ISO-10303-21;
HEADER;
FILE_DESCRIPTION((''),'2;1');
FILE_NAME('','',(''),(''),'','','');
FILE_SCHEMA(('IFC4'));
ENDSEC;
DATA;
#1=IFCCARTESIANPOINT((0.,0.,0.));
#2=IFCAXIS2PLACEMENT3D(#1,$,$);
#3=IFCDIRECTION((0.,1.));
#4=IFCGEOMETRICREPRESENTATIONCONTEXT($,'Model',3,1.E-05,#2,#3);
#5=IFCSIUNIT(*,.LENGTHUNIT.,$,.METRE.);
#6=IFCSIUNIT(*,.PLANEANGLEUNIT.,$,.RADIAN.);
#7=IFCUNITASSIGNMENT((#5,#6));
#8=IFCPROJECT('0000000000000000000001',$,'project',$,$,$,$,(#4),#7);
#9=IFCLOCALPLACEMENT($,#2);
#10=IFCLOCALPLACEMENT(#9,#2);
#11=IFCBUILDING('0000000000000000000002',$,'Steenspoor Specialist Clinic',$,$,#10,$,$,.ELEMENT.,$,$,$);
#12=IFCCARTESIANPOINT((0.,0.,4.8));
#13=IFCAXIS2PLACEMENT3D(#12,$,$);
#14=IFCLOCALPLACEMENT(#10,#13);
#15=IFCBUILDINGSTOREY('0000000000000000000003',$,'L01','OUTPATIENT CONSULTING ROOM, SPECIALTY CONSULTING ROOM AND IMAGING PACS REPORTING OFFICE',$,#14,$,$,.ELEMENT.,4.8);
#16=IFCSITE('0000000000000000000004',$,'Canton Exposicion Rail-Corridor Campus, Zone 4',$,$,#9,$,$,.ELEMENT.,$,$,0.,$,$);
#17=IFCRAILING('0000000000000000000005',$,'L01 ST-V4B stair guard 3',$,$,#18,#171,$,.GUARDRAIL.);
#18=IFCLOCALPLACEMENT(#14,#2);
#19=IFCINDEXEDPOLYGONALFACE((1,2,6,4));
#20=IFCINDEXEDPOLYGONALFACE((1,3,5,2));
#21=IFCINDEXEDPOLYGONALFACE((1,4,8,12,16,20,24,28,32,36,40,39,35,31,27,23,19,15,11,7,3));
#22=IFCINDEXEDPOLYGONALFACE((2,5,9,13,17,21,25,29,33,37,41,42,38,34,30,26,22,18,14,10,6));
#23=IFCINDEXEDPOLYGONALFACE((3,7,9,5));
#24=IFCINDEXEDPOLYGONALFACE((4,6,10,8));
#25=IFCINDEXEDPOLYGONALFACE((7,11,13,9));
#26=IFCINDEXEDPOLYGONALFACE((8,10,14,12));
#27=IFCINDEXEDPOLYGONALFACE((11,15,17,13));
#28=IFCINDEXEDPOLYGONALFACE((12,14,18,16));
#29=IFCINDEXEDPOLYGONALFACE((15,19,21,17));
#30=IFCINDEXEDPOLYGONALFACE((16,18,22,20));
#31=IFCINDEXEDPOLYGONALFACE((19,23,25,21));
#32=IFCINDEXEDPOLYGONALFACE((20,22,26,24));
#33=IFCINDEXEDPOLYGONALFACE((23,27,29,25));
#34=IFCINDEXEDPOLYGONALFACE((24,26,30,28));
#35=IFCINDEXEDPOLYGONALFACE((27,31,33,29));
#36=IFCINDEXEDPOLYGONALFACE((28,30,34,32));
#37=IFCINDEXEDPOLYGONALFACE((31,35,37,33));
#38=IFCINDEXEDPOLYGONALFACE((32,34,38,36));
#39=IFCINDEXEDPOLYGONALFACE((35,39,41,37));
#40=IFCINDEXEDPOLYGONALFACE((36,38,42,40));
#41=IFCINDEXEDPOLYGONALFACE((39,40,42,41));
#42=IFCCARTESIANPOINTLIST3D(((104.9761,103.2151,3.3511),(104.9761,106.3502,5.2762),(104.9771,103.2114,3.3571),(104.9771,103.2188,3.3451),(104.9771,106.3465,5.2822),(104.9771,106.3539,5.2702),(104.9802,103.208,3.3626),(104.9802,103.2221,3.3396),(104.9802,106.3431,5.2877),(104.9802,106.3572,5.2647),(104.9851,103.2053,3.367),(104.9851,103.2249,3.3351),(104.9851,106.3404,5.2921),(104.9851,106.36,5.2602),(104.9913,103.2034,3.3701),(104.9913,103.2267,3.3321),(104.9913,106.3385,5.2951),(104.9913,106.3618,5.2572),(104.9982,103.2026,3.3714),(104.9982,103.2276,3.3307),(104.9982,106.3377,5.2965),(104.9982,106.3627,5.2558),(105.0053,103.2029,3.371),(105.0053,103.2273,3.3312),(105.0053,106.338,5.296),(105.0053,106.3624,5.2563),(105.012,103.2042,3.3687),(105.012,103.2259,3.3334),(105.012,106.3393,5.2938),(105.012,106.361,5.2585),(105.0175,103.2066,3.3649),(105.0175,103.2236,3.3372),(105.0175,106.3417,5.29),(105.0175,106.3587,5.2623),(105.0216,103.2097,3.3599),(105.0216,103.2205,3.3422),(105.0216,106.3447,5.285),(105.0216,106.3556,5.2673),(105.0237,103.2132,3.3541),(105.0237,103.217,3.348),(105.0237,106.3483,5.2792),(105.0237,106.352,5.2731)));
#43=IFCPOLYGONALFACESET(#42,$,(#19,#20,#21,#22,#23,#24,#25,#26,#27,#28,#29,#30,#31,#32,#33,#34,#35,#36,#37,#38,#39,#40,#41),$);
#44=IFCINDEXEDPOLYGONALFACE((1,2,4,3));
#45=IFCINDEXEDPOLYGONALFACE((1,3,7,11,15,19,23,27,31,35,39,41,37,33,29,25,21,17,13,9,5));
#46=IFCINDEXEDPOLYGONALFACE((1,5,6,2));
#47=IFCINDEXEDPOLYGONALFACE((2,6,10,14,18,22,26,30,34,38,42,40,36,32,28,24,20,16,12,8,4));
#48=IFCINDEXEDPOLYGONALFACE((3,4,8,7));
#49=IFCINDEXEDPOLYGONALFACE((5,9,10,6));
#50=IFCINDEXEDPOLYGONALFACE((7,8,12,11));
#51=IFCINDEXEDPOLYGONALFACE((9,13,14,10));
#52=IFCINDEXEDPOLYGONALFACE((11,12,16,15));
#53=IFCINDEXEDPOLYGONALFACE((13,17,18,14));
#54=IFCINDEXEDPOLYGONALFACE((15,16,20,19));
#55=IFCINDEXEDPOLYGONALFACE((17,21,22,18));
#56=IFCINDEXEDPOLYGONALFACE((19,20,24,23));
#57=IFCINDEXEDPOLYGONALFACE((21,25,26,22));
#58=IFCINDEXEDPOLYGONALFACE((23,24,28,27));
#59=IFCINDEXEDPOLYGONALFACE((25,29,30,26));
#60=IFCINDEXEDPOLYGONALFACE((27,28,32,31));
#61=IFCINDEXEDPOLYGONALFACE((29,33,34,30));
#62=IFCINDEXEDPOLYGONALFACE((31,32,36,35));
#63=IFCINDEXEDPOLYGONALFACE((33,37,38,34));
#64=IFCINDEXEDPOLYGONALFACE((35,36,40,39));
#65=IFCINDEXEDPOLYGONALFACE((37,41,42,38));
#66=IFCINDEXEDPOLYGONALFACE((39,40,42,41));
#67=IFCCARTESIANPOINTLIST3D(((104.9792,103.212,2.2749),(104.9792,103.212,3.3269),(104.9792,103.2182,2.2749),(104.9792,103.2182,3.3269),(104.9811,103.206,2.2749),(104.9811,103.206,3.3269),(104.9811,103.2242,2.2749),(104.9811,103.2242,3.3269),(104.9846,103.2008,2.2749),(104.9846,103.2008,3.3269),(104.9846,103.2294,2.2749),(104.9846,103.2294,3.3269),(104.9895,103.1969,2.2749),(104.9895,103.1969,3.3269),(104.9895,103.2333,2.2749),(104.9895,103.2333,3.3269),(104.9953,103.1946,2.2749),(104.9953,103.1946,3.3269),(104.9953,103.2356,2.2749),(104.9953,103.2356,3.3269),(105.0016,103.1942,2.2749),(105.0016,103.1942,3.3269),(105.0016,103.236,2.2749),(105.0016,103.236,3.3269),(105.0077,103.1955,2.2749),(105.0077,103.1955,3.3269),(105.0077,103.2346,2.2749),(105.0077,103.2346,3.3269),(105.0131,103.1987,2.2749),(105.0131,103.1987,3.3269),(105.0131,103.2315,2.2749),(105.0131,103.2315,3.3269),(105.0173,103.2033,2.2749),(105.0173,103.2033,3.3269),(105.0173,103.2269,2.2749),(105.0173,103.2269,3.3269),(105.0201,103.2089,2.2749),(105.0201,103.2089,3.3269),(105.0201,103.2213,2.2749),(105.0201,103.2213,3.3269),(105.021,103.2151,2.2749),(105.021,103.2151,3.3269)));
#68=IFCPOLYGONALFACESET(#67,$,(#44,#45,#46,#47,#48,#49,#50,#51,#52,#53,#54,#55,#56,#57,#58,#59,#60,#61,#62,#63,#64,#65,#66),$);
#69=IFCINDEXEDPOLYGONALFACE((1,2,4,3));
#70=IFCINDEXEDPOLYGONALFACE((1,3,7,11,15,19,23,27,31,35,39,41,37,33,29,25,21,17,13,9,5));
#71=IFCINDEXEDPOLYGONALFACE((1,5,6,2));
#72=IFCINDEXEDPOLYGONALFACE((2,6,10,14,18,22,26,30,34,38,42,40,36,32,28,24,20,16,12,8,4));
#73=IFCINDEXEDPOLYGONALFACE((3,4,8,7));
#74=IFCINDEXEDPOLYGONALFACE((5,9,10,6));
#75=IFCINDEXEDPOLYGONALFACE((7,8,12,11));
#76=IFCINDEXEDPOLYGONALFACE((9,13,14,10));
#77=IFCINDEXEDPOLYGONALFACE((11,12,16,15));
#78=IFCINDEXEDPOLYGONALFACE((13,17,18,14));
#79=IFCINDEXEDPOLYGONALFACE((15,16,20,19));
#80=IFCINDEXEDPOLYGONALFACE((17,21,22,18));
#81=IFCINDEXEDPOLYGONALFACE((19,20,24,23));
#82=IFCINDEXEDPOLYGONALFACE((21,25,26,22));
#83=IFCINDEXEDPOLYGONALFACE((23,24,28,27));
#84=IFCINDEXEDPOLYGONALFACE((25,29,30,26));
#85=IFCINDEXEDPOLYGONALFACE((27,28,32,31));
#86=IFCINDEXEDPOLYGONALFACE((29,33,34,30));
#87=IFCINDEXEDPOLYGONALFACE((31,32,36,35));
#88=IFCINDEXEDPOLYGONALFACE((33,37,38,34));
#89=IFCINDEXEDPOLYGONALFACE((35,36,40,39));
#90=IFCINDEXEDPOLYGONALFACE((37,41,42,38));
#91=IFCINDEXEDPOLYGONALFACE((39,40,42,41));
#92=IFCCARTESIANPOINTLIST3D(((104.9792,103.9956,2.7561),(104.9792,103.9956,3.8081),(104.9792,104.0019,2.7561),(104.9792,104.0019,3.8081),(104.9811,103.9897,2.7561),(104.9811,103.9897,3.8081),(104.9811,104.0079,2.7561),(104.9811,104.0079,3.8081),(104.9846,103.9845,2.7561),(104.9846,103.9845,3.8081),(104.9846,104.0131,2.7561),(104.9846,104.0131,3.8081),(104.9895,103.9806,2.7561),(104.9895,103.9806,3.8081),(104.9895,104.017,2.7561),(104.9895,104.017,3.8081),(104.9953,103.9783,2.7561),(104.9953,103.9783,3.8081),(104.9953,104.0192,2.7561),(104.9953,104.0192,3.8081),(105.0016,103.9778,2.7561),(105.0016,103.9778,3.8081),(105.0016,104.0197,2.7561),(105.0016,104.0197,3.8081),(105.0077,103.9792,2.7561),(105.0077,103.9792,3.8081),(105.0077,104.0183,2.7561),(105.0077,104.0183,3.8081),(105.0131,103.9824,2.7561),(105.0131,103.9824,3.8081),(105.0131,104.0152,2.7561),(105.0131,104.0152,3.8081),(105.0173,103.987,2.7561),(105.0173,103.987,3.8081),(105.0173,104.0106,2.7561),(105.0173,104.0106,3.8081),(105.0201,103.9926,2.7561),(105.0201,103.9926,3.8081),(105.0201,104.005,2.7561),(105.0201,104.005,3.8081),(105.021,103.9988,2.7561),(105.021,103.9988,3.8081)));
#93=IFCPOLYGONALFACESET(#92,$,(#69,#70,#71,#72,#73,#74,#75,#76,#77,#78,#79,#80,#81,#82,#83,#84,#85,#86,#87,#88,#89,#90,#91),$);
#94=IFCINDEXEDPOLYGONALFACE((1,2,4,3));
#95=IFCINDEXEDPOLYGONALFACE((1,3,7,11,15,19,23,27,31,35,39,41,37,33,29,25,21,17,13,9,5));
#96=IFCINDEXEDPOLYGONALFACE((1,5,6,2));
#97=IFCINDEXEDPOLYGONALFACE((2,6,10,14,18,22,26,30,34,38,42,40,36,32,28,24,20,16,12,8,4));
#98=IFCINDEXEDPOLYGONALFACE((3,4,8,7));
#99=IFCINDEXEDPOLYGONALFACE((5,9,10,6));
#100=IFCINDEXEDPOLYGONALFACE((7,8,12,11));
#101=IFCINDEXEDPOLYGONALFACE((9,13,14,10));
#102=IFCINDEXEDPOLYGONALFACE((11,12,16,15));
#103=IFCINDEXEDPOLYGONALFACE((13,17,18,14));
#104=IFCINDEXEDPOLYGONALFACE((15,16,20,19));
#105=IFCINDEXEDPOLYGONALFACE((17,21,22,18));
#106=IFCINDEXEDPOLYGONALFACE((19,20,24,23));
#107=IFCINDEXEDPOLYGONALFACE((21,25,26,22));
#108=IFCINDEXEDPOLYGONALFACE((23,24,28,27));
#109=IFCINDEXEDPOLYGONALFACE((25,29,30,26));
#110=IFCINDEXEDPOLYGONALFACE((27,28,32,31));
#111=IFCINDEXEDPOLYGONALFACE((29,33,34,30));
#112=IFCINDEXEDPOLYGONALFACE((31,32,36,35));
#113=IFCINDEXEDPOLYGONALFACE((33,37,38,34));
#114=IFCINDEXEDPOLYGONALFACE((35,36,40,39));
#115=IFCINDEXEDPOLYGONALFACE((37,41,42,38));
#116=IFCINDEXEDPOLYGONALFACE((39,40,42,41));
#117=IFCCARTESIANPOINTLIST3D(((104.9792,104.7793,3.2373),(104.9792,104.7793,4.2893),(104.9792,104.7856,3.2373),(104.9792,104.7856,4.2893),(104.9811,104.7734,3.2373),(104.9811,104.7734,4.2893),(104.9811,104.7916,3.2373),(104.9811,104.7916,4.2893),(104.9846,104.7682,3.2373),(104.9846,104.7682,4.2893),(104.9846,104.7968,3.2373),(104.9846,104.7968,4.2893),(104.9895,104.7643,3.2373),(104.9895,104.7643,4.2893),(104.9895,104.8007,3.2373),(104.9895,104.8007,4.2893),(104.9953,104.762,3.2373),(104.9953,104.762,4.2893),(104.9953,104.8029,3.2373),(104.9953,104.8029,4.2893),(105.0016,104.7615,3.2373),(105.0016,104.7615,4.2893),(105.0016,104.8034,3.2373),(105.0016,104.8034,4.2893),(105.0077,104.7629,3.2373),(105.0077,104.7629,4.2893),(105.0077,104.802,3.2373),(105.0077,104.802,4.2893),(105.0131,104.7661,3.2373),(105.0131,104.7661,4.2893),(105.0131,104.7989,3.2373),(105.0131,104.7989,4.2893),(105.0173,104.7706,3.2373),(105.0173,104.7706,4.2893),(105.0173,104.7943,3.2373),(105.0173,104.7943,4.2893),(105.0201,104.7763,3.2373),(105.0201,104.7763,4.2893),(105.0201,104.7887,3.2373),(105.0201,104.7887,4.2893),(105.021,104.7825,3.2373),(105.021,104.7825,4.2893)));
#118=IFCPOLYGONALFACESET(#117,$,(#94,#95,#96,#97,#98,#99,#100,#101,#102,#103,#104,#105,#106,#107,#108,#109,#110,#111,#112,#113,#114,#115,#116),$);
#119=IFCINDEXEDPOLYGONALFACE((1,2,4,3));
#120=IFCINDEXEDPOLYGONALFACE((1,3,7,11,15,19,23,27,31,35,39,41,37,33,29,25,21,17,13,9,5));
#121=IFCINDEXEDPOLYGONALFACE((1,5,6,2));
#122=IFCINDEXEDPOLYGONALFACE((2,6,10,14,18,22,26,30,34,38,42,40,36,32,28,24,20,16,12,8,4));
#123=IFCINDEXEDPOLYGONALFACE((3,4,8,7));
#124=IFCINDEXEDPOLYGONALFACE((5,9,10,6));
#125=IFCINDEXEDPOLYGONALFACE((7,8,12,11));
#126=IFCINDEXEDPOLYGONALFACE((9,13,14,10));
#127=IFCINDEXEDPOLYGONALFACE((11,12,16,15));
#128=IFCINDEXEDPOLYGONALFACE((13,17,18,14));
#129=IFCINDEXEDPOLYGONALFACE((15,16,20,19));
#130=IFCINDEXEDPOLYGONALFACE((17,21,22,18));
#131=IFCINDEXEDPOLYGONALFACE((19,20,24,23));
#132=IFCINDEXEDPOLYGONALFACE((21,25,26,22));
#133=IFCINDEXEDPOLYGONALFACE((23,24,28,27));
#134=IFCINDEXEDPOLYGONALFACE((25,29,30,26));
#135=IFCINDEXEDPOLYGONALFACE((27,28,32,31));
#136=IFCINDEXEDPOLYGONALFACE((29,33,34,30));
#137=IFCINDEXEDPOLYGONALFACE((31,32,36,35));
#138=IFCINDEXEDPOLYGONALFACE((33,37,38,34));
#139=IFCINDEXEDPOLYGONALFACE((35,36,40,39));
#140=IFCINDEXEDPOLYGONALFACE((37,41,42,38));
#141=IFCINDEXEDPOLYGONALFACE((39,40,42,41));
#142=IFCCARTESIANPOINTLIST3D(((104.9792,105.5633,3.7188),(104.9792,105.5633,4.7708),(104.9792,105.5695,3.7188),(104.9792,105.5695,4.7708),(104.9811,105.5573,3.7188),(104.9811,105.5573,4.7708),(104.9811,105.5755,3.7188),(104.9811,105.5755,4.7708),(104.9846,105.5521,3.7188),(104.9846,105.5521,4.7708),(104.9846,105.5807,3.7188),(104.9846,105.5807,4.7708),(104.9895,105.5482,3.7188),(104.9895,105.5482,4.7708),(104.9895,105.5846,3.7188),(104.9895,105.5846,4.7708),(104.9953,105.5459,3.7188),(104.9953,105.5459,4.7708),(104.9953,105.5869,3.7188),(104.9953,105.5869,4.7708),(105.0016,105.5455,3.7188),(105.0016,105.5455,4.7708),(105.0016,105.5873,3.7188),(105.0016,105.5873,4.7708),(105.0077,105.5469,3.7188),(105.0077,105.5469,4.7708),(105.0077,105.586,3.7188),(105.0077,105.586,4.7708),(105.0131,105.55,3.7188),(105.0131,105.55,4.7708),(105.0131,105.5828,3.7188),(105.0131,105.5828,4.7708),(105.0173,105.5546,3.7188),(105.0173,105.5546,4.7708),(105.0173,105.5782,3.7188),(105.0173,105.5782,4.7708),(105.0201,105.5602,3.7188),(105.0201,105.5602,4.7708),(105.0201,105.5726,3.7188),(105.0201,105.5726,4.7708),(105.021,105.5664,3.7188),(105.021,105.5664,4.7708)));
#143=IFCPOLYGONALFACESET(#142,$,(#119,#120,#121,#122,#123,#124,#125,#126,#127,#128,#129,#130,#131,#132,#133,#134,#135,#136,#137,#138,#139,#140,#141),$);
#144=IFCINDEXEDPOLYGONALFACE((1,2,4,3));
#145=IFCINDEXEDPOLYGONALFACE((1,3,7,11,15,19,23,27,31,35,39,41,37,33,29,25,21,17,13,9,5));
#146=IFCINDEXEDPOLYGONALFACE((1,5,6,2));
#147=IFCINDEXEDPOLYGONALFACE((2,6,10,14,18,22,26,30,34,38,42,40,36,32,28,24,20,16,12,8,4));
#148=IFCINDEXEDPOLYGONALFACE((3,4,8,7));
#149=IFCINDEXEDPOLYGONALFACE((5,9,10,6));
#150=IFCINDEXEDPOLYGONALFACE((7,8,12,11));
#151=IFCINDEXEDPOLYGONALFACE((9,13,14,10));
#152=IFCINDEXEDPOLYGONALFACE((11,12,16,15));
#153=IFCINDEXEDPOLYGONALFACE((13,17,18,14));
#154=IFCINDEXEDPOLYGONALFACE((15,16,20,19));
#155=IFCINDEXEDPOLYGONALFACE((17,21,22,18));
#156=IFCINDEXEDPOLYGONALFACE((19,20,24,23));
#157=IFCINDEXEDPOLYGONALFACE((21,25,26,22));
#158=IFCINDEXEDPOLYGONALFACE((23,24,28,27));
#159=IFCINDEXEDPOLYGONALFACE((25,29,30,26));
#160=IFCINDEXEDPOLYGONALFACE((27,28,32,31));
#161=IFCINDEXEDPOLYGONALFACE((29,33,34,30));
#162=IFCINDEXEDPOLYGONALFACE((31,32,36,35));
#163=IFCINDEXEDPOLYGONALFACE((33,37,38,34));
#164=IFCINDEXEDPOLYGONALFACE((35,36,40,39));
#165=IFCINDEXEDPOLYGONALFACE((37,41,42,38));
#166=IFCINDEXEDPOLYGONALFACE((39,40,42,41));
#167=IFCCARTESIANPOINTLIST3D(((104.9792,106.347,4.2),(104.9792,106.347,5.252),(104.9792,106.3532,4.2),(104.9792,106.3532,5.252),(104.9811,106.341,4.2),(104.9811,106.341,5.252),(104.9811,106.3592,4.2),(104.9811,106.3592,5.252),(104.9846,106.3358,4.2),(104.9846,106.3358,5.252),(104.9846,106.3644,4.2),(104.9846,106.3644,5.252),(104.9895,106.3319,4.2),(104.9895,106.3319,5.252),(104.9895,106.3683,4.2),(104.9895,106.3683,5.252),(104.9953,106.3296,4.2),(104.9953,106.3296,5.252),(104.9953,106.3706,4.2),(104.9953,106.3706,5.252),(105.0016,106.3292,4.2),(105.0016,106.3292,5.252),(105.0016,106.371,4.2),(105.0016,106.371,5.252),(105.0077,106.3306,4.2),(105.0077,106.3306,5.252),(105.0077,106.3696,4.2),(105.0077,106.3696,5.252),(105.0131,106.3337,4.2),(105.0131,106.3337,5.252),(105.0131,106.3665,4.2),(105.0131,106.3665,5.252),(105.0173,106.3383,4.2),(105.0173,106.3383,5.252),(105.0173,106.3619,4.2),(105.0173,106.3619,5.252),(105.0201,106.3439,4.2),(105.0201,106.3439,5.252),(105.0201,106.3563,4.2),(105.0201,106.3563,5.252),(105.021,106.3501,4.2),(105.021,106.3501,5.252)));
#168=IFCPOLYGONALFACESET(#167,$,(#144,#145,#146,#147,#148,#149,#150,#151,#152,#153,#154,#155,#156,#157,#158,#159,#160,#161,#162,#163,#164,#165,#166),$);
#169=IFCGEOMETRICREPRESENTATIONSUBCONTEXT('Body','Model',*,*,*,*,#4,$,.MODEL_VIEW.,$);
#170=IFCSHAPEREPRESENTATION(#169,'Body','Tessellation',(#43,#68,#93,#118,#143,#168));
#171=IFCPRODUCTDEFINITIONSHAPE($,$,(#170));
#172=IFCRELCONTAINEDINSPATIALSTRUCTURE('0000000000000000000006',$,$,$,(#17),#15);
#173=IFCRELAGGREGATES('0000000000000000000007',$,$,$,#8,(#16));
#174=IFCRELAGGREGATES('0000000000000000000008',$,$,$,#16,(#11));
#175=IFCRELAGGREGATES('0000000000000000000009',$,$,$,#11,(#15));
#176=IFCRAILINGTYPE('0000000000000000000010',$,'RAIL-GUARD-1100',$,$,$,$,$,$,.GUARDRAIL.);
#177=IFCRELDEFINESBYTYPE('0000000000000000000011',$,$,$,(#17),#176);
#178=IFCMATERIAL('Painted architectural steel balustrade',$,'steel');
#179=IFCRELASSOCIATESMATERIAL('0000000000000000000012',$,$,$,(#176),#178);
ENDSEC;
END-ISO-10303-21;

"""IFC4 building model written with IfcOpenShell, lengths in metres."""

from ifc_helpers import new_model, si_unit, direction, frame, origin, origin_2d, place, context, subcontext, project, spatial, circle, extrude, material, type_object, element, save


model = new_model("IFC4")

# Units and contexts
model_context = context("Model", 3, precision=1e-05, world=origin(), true_north=direction((0.0, 1.0)))
body_context = subcontext(model_context, "Body", "Model", "MODEL_VIEW")
ifc_project = project(units=[si_unit("LENGTHUNIT", "METRE"), si_unit("PLANEANGLEUNIT", "RADIAN")], contexts=[model_context])

# Site, building, storey
site_placement = place(None, origin())
site = spatial("IfcSite", under=ifc_project, at=site_placement, Name="Canton Exposicion Rail-Corridor Campus, Zone 4", CompositionType="ELEMENT", RefElevation=0.0)
building_placement = place(site_placement, origin())
building = spatial("IfcBuilding", under=site, at=building_placement, Name="Steenspoor Specialist Clinic", CompositionType="ELEMENT")
storey_placement = place(building_placement, frame((0.0, 0.0, 4.8)))
storey = spatial("IfcBuildingStorey", under=building, at=storey_placement, Name="L01", Description="OUTPATIENT CONSULTING ROOM, SPECIALTY CONSULTING ROOM AND IMAGING PACS REPORTING OFFICE", CompositionType="ELEMENT", Elevation=4.8)

# Railing
ifc_material_1 = material(Name="Painted architectural steel balustrade", Category="steel")
railing_type_1 = type_object("IfcRailingType", Name="RAIL-GUARD-1100", PredefinedType="GUARDRAIL", material=ifc_material_1)
railing_1_placement = place(storey_placement, frame((105.0, 103.2151, 2.2749)))
element("IfcRailing", 1, at=railing_1_placement, inside=storey, type_object=railing_type_1, Name="L01 ST-V4B stair guard 3", PredefinedType="GUARDRAIL", context=body_context, shape_type="SweptSolid", body=[
    extrude(circle(Radius=0.0239, at=origin_2d()), frame((0.0, 0.0, 1.0762), z_axis=(0.0, 0.852166, 0.523271), x_axis=(-1.0, 0.0, 0.0)), (0.0, 0.0, 1.0), 3.679),
    extrude(circle(Radius=0.021, at=origin_2d()), origin(), (0.0, 0.0, 1.0), 1.052),
    extrude(circle(Radius=0.021, at=origin_2d()), frame((0.0, 0.7837, 0.4812)), (0.0, 0.0, 1.0), 1.052),
    extrude(circle(Radius=0.021, at=origin_2d()), frame((0.0, 1.5674, 0.9624)), (0.0, 0.0, 1.0), 1.052),
    extrude(circle(Radius=0.021, at=origin_2d()), frame((0.0, 2.3513, 1.4438)), (0.0, 0.0, 1.0), 1.052),
    extrude(circle(Radius=0.021, at=origin_2d()), frame((0.0, 3.135, 1.925)), (0.0, 0.0, 1.0), 1.052),
])

save(model, "model.ifc")
